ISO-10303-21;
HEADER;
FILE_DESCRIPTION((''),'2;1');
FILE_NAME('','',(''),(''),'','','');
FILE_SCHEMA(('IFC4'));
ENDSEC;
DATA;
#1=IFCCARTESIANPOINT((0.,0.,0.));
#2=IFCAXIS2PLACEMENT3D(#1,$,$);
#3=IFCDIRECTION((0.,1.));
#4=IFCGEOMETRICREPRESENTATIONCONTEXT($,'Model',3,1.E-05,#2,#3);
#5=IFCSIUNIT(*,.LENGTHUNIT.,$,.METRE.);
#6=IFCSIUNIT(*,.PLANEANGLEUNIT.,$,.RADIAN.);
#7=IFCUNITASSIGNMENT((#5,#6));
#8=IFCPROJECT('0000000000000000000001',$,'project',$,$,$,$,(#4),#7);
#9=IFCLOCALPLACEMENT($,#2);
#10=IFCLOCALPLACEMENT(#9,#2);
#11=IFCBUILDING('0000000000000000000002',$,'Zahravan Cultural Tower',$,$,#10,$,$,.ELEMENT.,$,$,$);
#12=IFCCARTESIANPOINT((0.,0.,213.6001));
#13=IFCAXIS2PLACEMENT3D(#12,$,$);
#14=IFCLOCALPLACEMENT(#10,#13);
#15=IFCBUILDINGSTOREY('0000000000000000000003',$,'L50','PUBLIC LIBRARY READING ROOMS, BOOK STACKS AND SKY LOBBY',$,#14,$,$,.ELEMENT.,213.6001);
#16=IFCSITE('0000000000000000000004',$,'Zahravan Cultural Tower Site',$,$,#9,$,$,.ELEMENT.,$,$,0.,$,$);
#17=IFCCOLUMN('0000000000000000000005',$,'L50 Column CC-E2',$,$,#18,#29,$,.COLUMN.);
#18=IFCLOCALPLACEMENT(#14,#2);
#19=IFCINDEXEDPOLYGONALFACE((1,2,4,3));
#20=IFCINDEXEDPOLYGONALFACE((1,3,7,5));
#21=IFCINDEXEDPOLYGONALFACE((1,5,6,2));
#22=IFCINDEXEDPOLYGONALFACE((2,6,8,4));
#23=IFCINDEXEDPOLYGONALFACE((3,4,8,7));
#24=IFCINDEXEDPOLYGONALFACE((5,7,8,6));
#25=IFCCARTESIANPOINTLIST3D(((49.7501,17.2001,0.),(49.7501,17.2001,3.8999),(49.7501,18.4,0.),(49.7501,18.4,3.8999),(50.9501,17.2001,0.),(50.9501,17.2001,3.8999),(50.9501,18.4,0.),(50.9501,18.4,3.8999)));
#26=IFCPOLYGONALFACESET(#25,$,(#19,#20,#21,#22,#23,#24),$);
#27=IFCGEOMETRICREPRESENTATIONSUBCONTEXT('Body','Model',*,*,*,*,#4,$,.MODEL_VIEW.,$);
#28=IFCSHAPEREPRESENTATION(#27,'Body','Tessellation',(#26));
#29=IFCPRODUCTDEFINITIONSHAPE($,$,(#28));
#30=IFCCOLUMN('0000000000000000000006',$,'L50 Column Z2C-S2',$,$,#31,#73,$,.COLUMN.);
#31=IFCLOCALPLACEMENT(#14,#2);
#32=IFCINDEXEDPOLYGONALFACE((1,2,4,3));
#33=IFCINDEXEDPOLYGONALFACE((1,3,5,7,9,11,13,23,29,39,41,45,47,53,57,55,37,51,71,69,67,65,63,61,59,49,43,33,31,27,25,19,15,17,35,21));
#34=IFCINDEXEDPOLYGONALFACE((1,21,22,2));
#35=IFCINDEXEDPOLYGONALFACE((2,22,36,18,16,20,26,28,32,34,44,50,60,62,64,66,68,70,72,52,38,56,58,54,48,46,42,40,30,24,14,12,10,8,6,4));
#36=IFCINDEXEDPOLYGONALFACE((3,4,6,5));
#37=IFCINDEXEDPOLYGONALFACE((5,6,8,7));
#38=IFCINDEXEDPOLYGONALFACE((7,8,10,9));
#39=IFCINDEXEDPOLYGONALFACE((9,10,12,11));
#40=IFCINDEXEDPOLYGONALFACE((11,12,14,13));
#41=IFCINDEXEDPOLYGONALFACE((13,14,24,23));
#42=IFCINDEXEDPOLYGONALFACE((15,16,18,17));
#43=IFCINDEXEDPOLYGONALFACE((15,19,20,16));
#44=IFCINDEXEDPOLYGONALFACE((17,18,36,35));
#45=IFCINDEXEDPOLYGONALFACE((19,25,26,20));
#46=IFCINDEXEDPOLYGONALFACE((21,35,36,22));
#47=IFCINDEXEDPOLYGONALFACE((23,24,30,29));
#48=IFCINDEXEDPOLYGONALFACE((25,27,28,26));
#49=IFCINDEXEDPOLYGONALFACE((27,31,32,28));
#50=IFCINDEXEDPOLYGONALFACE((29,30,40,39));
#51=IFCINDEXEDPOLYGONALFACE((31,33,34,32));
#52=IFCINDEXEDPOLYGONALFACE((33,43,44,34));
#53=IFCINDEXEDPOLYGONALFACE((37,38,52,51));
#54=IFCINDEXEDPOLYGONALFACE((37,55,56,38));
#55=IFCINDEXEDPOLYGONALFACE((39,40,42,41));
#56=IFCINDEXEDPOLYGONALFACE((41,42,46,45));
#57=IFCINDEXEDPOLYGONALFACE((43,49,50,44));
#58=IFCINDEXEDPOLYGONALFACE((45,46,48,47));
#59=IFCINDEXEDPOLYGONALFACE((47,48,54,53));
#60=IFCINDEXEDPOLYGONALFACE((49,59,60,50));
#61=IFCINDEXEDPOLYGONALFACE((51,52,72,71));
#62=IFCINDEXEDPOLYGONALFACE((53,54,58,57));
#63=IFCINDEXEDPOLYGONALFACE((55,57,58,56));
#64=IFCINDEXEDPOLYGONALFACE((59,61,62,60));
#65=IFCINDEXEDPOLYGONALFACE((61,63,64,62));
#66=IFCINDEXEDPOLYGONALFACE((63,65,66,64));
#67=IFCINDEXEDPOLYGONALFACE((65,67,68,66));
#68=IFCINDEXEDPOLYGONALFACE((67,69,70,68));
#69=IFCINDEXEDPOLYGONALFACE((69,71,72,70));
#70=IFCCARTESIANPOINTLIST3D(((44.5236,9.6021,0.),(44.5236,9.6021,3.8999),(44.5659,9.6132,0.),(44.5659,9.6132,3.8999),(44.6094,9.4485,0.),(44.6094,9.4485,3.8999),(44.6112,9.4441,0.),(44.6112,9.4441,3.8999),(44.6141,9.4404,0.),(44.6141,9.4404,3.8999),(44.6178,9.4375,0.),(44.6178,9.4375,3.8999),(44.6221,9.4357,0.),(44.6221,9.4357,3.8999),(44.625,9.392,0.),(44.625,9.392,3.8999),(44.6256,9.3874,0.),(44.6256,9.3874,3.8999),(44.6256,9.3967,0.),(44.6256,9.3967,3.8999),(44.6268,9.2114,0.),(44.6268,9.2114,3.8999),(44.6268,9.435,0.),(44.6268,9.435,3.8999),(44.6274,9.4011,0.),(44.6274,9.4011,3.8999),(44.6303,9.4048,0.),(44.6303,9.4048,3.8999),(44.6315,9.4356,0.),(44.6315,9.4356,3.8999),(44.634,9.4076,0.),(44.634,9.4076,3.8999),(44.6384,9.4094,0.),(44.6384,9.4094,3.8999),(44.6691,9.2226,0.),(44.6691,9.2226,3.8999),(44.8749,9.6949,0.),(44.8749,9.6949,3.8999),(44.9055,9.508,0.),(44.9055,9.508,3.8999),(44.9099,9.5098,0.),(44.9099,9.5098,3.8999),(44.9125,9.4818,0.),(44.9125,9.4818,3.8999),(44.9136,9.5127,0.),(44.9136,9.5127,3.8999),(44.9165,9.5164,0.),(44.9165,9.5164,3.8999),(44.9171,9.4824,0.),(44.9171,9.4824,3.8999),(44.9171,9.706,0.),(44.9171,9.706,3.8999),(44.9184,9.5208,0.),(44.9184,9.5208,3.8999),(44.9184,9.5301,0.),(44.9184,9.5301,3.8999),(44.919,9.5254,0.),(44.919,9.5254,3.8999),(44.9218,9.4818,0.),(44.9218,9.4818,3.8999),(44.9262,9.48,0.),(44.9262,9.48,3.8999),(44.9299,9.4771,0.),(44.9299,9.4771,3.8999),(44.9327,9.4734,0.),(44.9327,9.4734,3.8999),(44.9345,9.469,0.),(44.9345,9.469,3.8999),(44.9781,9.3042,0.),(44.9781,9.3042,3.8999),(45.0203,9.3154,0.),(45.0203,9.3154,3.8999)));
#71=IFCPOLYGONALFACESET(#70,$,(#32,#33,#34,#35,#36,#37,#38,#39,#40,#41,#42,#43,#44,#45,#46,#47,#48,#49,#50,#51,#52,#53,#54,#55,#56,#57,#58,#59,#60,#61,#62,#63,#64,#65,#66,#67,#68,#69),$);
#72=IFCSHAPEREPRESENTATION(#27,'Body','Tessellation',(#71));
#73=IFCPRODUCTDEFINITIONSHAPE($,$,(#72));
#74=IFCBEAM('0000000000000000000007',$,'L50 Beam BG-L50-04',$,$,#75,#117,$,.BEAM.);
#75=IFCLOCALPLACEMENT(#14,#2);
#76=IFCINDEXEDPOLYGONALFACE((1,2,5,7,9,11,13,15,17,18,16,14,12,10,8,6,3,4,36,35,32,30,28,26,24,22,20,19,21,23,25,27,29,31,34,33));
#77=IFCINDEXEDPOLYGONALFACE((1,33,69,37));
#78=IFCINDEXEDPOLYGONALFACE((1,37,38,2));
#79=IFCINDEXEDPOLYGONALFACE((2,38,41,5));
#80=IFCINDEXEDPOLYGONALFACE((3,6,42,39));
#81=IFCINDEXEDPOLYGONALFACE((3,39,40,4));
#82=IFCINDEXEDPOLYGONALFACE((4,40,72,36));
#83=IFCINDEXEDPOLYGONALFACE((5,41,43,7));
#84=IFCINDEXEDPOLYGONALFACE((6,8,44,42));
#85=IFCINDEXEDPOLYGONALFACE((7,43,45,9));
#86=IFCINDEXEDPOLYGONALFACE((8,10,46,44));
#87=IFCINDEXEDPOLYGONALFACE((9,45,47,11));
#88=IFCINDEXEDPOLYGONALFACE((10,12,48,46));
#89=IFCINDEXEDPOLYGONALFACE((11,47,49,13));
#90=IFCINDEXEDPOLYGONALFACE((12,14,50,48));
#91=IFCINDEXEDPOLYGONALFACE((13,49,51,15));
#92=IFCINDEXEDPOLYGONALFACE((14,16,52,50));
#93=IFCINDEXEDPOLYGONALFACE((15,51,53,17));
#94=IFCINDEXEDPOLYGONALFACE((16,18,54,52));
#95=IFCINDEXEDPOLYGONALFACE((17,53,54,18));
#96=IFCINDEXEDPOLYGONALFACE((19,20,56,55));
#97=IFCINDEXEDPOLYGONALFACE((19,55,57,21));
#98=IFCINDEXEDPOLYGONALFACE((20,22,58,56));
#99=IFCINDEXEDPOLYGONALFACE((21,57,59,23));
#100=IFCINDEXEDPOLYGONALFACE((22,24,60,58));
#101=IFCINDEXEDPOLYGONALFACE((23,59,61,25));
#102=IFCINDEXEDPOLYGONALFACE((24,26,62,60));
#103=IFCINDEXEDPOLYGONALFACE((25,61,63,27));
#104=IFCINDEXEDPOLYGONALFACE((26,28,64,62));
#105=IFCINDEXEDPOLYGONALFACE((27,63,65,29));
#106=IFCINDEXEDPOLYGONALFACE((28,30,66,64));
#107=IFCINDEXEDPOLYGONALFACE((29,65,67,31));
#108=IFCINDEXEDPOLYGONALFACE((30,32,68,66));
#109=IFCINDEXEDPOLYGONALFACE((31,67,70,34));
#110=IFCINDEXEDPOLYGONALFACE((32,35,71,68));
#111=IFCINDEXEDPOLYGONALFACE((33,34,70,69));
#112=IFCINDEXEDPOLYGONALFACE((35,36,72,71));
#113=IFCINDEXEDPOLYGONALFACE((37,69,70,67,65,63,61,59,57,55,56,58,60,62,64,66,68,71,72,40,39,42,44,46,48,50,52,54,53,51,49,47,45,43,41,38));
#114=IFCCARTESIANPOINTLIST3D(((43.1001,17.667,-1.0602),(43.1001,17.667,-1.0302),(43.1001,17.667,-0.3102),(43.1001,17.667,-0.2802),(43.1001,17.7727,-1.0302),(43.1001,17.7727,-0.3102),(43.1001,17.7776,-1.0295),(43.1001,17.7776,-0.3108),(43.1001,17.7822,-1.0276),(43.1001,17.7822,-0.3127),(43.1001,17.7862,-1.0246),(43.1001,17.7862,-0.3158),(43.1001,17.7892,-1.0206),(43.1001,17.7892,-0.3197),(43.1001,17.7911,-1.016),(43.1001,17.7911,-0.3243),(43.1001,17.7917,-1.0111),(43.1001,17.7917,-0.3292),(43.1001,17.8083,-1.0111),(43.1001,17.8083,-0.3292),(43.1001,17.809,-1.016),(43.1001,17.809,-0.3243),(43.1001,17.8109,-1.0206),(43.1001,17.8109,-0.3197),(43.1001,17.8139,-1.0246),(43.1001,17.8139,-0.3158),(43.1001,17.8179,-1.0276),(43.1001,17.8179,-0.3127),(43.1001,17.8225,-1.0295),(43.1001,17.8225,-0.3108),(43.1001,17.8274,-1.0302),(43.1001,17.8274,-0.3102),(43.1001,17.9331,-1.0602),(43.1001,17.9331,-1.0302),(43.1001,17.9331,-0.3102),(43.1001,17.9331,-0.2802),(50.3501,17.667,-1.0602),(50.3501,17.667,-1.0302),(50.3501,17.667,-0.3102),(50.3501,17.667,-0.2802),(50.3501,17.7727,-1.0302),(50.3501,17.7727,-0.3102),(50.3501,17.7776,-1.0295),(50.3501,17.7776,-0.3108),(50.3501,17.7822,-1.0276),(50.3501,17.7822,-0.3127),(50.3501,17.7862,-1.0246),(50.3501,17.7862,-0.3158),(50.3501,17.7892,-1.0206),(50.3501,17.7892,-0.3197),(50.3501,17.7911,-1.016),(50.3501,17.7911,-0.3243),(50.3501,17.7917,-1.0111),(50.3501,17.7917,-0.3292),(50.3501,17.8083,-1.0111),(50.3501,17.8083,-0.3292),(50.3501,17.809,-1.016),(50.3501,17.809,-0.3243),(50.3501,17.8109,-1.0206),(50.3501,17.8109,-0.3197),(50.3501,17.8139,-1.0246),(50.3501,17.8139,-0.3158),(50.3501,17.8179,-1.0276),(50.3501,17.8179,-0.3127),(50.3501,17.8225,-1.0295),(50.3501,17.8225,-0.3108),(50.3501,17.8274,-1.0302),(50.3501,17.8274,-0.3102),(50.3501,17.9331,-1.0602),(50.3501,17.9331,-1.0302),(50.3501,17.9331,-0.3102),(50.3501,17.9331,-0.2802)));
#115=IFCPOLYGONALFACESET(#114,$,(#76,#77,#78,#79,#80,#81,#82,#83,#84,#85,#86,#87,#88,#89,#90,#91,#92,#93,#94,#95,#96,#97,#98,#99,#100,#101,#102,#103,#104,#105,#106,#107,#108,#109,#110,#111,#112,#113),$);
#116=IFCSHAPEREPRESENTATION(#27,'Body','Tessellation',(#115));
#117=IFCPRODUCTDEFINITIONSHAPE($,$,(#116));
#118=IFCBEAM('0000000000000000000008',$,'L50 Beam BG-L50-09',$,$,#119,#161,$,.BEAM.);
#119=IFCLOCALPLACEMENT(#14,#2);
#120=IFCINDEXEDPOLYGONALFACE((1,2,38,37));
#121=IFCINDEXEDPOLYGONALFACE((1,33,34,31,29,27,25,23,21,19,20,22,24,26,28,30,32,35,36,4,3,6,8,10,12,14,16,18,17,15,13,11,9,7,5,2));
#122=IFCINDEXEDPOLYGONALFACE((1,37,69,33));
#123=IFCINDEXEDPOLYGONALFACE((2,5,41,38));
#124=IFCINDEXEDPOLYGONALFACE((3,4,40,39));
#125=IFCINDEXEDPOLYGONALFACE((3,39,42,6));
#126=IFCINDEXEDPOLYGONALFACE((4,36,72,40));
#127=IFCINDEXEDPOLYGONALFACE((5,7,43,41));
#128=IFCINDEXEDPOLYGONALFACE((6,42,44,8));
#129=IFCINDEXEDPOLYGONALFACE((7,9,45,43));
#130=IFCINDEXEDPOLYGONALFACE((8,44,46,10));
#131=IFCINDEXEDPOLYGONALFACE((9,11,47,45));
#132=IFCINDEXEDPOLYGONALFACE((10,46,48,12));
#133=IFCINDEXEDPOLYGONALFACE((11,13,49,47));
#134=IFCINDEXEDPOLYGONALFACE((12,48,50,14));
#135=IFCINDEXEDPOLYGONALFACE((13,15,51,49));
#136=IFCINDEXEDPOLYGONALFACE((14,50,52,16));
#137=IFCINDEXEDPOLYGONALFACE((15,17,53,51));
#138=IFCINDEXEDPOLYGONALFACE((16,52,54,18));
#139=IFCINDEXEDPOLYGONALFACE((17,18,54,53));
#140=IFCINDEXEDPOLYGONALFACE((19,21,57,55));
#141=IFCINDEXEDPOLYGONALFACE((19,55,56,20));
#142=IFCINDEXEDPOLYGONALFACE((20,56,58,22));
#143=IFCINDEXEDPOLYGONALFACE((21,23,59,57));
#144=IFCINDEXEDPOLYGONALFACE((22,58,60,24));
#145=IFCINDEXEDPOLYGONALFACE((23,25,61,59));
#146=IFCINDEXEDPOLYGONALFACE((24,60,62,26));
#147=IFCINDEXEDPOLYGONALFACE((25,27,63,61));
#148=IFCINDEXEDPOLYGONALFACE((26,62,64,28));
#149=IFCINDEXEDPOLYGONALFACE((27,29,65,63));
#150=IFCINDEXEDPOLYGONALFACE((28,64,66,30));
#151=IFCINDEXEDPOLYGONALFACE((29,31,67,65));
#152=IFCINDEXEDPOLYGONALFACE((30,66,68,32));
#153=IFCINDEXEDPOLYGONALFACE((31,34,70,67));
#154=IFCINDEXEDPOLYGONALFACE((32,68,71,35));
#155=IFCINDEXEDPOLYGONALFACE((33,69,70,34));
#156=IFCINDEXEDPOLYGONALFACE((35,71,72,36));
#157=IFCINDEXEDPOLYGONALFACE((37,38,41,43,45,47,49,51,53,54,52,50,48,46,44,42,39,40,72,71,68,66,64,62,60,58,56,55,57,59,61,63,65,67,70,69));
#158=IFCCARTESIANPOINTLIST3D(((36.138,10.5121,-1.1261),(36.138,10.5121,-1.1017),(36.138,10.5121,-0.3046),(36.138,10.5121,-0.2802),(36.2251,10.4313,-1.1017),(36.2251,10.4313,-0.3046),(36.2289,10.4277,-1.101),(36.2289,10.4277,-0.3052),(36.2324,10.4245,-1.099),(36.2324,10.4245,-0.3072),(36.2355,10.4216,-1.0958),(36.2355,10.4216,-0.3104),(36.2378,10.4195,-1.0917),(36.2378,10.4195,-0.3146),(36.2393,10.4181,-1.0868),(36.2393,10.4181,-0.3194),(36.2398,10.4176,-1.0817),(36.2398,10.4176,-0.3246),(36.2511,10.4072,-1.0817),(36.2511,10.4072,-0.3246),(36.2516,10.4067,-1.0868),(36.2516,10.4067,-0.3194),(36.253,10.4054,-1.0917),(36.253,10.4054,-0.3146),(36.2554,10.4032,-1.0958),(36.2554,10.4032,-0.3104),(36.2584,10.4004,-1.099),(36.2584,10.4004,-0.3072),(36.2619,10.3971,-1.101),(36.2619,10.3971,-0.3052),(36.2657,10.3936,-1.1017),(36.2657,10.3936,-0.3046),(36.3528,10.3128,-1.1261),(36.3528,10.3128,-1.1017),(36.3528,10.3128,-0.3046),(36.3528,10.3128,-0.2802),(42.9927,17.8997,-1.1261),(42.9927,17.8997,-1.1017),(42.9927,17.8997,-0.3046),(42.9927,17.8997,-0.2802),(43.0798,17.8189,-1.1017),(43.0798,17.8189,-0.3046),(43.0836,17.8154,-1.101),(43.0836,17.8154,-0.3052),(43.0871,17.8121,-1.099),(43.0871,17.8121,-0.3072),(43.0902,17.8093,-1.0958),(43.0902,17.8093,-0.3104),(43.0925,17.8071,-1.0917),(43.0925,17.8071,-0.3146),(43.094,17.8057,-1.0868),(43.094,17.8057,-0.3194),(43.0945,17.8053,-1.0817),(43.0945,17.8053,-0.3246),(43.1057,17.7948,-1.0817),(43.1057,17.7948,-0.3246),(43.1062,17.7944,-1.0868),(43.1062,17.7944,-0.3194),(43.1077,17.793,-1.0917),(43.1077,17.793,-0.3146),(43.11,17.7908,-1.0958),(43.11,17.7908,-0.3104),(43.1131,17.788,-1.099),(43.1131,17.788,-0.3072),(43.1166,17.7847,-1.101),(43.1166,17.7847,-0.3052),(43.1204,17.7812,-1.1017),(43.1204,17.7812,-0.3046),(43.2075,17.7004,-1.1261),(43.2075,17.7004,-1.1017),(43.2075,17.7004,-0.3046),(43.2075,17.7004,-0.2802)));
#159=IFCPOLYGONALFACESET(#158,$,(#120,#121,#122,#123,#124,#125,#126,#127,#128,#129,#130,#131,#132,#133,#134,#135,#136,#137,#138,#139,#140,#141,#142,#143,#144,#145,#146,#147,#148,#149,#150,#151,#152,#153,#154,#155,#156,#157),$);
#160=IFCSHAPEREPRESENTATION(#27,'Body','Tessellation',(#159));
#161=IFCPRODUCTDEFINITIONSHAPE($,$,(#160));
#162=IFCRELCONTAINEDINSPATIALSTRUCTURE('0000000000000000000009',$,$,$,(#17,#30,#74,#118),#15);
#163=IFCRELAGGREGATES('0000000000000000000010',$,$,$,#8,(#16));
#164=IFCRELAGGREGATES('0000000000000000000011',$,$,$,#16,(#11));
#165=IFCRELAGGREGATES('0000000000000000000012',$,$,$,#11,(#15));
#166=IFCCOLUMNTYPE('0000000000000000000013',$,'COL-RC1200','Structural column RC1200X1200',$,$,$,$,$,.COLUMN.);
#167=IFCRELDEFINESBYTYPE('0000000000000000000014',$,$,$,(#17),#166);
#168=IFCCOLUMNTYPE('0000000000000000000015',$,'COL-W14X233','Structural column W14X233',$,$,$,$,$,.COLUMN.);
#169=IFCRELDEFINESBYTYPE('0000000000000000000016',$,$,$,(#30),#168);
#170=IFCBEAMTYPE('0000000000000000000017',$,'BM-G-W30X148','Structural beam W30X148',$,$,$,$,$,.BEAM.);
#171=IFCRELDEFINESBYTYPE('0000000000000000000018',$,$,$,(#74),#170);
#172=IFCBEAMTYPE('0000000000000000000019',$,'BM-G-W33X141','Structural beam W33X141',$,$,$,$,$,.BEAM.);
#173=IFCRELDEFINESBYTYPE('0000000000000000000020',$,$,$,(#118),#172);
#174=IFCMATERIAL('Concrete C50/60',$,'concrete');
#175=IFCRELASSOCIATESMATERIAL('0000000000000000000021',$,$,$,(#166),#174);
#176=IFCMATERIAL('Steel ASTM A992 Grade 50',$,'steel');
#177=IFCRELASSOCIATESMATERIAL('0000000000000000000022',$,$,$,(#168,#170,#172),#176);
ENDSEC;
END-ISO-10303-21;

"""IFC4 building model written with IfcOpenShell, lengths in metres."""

from ifc_helpers import new_model, si_unit, direction, frame, origin, origin_2d, place, context, subcontext, project, spatial, rectangle, i_section, extrude, source, transform, mapped, material, material_profile, profile_set, type_object, element, save


model = new_model("IFC4")

# Units and contexts
model_context = context("Model", 3, precision=1e-05, world=origin(), true_north=direction((0.0, 1.0)))
body_context = subcontext(model_context, "Body", "Model", "MODEL_VIEW")
ifc_project = project(units=[si_unit("LENGTHUNIT", "METRE"), si_unit("PLANEANGLEUNIT", "RADIAN")], contexts=[model_context])

# Site, building, storey
site_placement = place(None, origin())
site = spatial("IfcSite", under=ifc_project, at=site_placement, Name="Zahravan Cultural Tower Site", CompositionType="ELEMENT", RefElevation=0.0)
building_placement = place(site_placement, origin())
building = spatial("IfcBuilding", under=site, at=building_placement, Name="Zahravan Cultural Tower", CompositionType="ELEMENT")
storey_placement = place(building_placement, frame((0.0, 0.0, 213.6001)))
storey = spatial("IfcBuildingStorey", under=building, at=storey_placement, Name="L50", Description="PUBLIC LIBRARY READING ROOMS, BOOK STACKS AND SKY LOBBY", CompositionType="ELEMENT", Elevation=213.6001)

# Columns
ifc_material_1 = material(Name="Concrete C50/60", Category="concrete")
ifc_material_profile_1 = material_profile(ifc_material_1, rectangle(XDim=1.2, YDim=1.2, at=origin_2d()), Name="RC1200X1200")
ifc_profile_set_1 = profile_set([ifc_material_profile_1], Name="Concrete C50/60")
column_type_1 = type_object("IfcColumnType", Name="COL-RC1200", Description="Structural column RC1200X1200", PredefinedType="COLUMN", material=ifc_profile_set_1)
shared_shape_1 = source(origin(), body_context, "Body", "SweptSolid", [
    extrude(rectangle(XDim=1.2, YDim=1.2, at=origin_2d()), origin(), (0.0, 0.0, 1.0), 3.8999),
])
column_1_placement = place(storey_placement, frame((50.3501, 17.8, 0.0), z_axis=(0.0, 0.0, 1.0), x_axis=(1.0, 0.0, 0.0)))
element("IfcColumn", 1, at=column_1_placement, inside=storey, type_object=column_type_1, Name="L50 Column CC-E2", PredefinedType="COLUMN", context=body_context, shape_type="MappedRepresentation", body=[
    mapped(shared_shape_1, transform((0.0, 0.0, 0.0), x_axis=(1.0, 0.0, 0.0), y_axis=(0.0, 1.0, 0.0), z_axis=(0.0, 0.0, 1.0), scale=1.0)),
])
ifc_material_2 = material(Name="Steel ASTM A992 Grade 50", Category="steel")
ifc_material_profile_2 = material_profile(ifc_material_2, i_section(OverallWidth=0.4041, OverallDepth=0.407, WebThickness=0.0271, FlangeThickness=0.0437, FilletRadius=0.0181, at=origin_2d()), Name="W14X233")
ifc_profile_set_2 = profile_set([ifc_material_profile_2], Name="Steel ASTM A992 Grade 50")
column_type_2 = type_object("IfcColumnType", Name="COL-W14X233", Description="Structural column W14X233", PredefinedType="COLUMN", material=ifc_profile_set_2)
shared_shape_2 = source(origin(), body_context, "Body", "SweptSolid", [
    extrude(i_section(OverallWidth=0.4041, OverallDepth=0.407, WebThickness=0.0271, FlangeThickness=0.0437, FilletRadius=0.0181, at=origin_2d()), origin(), (0.0, 0.0, 1.0), 3.8999),
])
column_2_placement = place(storey_placement, frame((44.772, 9.4587, 0.0), z_axis=(0.0, 0.0, 1.0), x_axis=(-0.255446, 0.966823, 0.0)))
element("IfcColumn", 2, at=column_2_placement, inside=storey, type_object=column_type_2, Name="L50 Column Z2C-S2", PredefinedType="COLUMN", context=body_context, shape_type="MappedRepresentation", body=[
    mapped(shared_shape_2, transform((0.0, 0.0, 0.0), x_axis=(1.0, 0.0, 0.0), y_axis=(0.0, 1.0, 0.0), z_axis=(0.0, 0.0, 1.0), scale=1.0)),
])

# Beams
ifc_material_profile_3 = material_profile(ifc_material_2, i_section(OverallWidth=0.2661, OverallDepth=0.78, WebThickness=0.0166, FlangeThickness=0.03, FilletRadius=0.019, at=origin_2d()), Name="W30X148")
ifc_profile_set_3 = profile_set([ifc_material_profile_3], Name="Steel ASTM A992 Grade 50")
beam_type_1 = type_object("IfcBeamType", Name="BM-G-W30X148", Description="Structural beam W30X148", PredefinedType="BEAM", material=ifc_profile_set_3)
shared_shape_3 = source(origin(), body_context, "Body", "SweptSolid", [
    extrude(i_section(OverallWidth=0.2661, OverallDepth=0.78, WebThickness=0.0166, FlangeThickness=0.03, FilletRadius=0.019, at=origin_2d()), origin(), (0.0, 0.0, 1.0), 7.25),
])
beam_1_placement = place(storey_placement, frame((43.1001, 17.8, -0.6702), z_axis=(1.0, 0.0, 0.0), x_axis=(0.0, 1.0, 0.0)))
element("IfcBeam", 3, at=beam_1_placement, inside=storey, type_object=beam_type_1, Name="L50 Beam BG-L50-04", PredefinedType="BEAM", context=body_context, shape_type="MappedRepresentation", body=[
    mapped(shared_shape_3, transform((0.0, 0.0, 0.0), x_axis=(1.0, 0.0, 0.0), y_axis=(0.0, 1.0, 0.0), z_axis=(0.0, 0.0, 1.0), scale=1.0)),
])
ifc_material_profile_4 = material_profile(ifc_material_2, i_section(OverallWidth=0.293, OverallDepth=0.8459, WebThickness=0.0154, FlangeThickness=0.0244, FilletRadius=0.02, at=origin_2d()), Name="W33X141")
ifc_profile_set_4 = profile_set([ifc_material_profile_4], Name="Steel ASTM A992 Grade 50")
beam_type_2 = type_object("IfcBeamType", Name="BM-G-W33X141", Description="Structural beam W33X141", PredefinedType="BEAM", material=ifc_profile_set_4)
shared_shape_4 = source(origin(), body_context, "Body", "SweptSolid", [
    extrude(i_section(OverallWidth=0.293, OverallDepth=0.8459, WebThickness=0.0154, FlangeThickness=0.0244, FilletRadius=0.02, at=origin_2d()), origin(), (0.0, 0.0, 1.0), 10.0779),
])
beam_2_placement = place(storey_placement, frame((43.1001, 17.8, -0.7031), z_axis=(-0.68017, -0.733054, 0.0), x_axis=(0.733054, -0.68017, 0.0)))
element("IfcBeam", 4, at=beam_2_placement, inside=storey, type_object=beam_type_2, Name="L50 Beam BG-L50-09", PredefinedType="BEAM", context=body_context, shape_type="MappedRepresentation", body=[
    mapped(shared_shape_4, transform((0.0, 0.0, 0.0), x_axis=(1.0, 0.0, 0.0), y_axis=(0.0, 1.0, 0.0), z_axis=(0.0, 0.0, 1.0), scale=1.0)),
])

save(model, "model.ifc")
